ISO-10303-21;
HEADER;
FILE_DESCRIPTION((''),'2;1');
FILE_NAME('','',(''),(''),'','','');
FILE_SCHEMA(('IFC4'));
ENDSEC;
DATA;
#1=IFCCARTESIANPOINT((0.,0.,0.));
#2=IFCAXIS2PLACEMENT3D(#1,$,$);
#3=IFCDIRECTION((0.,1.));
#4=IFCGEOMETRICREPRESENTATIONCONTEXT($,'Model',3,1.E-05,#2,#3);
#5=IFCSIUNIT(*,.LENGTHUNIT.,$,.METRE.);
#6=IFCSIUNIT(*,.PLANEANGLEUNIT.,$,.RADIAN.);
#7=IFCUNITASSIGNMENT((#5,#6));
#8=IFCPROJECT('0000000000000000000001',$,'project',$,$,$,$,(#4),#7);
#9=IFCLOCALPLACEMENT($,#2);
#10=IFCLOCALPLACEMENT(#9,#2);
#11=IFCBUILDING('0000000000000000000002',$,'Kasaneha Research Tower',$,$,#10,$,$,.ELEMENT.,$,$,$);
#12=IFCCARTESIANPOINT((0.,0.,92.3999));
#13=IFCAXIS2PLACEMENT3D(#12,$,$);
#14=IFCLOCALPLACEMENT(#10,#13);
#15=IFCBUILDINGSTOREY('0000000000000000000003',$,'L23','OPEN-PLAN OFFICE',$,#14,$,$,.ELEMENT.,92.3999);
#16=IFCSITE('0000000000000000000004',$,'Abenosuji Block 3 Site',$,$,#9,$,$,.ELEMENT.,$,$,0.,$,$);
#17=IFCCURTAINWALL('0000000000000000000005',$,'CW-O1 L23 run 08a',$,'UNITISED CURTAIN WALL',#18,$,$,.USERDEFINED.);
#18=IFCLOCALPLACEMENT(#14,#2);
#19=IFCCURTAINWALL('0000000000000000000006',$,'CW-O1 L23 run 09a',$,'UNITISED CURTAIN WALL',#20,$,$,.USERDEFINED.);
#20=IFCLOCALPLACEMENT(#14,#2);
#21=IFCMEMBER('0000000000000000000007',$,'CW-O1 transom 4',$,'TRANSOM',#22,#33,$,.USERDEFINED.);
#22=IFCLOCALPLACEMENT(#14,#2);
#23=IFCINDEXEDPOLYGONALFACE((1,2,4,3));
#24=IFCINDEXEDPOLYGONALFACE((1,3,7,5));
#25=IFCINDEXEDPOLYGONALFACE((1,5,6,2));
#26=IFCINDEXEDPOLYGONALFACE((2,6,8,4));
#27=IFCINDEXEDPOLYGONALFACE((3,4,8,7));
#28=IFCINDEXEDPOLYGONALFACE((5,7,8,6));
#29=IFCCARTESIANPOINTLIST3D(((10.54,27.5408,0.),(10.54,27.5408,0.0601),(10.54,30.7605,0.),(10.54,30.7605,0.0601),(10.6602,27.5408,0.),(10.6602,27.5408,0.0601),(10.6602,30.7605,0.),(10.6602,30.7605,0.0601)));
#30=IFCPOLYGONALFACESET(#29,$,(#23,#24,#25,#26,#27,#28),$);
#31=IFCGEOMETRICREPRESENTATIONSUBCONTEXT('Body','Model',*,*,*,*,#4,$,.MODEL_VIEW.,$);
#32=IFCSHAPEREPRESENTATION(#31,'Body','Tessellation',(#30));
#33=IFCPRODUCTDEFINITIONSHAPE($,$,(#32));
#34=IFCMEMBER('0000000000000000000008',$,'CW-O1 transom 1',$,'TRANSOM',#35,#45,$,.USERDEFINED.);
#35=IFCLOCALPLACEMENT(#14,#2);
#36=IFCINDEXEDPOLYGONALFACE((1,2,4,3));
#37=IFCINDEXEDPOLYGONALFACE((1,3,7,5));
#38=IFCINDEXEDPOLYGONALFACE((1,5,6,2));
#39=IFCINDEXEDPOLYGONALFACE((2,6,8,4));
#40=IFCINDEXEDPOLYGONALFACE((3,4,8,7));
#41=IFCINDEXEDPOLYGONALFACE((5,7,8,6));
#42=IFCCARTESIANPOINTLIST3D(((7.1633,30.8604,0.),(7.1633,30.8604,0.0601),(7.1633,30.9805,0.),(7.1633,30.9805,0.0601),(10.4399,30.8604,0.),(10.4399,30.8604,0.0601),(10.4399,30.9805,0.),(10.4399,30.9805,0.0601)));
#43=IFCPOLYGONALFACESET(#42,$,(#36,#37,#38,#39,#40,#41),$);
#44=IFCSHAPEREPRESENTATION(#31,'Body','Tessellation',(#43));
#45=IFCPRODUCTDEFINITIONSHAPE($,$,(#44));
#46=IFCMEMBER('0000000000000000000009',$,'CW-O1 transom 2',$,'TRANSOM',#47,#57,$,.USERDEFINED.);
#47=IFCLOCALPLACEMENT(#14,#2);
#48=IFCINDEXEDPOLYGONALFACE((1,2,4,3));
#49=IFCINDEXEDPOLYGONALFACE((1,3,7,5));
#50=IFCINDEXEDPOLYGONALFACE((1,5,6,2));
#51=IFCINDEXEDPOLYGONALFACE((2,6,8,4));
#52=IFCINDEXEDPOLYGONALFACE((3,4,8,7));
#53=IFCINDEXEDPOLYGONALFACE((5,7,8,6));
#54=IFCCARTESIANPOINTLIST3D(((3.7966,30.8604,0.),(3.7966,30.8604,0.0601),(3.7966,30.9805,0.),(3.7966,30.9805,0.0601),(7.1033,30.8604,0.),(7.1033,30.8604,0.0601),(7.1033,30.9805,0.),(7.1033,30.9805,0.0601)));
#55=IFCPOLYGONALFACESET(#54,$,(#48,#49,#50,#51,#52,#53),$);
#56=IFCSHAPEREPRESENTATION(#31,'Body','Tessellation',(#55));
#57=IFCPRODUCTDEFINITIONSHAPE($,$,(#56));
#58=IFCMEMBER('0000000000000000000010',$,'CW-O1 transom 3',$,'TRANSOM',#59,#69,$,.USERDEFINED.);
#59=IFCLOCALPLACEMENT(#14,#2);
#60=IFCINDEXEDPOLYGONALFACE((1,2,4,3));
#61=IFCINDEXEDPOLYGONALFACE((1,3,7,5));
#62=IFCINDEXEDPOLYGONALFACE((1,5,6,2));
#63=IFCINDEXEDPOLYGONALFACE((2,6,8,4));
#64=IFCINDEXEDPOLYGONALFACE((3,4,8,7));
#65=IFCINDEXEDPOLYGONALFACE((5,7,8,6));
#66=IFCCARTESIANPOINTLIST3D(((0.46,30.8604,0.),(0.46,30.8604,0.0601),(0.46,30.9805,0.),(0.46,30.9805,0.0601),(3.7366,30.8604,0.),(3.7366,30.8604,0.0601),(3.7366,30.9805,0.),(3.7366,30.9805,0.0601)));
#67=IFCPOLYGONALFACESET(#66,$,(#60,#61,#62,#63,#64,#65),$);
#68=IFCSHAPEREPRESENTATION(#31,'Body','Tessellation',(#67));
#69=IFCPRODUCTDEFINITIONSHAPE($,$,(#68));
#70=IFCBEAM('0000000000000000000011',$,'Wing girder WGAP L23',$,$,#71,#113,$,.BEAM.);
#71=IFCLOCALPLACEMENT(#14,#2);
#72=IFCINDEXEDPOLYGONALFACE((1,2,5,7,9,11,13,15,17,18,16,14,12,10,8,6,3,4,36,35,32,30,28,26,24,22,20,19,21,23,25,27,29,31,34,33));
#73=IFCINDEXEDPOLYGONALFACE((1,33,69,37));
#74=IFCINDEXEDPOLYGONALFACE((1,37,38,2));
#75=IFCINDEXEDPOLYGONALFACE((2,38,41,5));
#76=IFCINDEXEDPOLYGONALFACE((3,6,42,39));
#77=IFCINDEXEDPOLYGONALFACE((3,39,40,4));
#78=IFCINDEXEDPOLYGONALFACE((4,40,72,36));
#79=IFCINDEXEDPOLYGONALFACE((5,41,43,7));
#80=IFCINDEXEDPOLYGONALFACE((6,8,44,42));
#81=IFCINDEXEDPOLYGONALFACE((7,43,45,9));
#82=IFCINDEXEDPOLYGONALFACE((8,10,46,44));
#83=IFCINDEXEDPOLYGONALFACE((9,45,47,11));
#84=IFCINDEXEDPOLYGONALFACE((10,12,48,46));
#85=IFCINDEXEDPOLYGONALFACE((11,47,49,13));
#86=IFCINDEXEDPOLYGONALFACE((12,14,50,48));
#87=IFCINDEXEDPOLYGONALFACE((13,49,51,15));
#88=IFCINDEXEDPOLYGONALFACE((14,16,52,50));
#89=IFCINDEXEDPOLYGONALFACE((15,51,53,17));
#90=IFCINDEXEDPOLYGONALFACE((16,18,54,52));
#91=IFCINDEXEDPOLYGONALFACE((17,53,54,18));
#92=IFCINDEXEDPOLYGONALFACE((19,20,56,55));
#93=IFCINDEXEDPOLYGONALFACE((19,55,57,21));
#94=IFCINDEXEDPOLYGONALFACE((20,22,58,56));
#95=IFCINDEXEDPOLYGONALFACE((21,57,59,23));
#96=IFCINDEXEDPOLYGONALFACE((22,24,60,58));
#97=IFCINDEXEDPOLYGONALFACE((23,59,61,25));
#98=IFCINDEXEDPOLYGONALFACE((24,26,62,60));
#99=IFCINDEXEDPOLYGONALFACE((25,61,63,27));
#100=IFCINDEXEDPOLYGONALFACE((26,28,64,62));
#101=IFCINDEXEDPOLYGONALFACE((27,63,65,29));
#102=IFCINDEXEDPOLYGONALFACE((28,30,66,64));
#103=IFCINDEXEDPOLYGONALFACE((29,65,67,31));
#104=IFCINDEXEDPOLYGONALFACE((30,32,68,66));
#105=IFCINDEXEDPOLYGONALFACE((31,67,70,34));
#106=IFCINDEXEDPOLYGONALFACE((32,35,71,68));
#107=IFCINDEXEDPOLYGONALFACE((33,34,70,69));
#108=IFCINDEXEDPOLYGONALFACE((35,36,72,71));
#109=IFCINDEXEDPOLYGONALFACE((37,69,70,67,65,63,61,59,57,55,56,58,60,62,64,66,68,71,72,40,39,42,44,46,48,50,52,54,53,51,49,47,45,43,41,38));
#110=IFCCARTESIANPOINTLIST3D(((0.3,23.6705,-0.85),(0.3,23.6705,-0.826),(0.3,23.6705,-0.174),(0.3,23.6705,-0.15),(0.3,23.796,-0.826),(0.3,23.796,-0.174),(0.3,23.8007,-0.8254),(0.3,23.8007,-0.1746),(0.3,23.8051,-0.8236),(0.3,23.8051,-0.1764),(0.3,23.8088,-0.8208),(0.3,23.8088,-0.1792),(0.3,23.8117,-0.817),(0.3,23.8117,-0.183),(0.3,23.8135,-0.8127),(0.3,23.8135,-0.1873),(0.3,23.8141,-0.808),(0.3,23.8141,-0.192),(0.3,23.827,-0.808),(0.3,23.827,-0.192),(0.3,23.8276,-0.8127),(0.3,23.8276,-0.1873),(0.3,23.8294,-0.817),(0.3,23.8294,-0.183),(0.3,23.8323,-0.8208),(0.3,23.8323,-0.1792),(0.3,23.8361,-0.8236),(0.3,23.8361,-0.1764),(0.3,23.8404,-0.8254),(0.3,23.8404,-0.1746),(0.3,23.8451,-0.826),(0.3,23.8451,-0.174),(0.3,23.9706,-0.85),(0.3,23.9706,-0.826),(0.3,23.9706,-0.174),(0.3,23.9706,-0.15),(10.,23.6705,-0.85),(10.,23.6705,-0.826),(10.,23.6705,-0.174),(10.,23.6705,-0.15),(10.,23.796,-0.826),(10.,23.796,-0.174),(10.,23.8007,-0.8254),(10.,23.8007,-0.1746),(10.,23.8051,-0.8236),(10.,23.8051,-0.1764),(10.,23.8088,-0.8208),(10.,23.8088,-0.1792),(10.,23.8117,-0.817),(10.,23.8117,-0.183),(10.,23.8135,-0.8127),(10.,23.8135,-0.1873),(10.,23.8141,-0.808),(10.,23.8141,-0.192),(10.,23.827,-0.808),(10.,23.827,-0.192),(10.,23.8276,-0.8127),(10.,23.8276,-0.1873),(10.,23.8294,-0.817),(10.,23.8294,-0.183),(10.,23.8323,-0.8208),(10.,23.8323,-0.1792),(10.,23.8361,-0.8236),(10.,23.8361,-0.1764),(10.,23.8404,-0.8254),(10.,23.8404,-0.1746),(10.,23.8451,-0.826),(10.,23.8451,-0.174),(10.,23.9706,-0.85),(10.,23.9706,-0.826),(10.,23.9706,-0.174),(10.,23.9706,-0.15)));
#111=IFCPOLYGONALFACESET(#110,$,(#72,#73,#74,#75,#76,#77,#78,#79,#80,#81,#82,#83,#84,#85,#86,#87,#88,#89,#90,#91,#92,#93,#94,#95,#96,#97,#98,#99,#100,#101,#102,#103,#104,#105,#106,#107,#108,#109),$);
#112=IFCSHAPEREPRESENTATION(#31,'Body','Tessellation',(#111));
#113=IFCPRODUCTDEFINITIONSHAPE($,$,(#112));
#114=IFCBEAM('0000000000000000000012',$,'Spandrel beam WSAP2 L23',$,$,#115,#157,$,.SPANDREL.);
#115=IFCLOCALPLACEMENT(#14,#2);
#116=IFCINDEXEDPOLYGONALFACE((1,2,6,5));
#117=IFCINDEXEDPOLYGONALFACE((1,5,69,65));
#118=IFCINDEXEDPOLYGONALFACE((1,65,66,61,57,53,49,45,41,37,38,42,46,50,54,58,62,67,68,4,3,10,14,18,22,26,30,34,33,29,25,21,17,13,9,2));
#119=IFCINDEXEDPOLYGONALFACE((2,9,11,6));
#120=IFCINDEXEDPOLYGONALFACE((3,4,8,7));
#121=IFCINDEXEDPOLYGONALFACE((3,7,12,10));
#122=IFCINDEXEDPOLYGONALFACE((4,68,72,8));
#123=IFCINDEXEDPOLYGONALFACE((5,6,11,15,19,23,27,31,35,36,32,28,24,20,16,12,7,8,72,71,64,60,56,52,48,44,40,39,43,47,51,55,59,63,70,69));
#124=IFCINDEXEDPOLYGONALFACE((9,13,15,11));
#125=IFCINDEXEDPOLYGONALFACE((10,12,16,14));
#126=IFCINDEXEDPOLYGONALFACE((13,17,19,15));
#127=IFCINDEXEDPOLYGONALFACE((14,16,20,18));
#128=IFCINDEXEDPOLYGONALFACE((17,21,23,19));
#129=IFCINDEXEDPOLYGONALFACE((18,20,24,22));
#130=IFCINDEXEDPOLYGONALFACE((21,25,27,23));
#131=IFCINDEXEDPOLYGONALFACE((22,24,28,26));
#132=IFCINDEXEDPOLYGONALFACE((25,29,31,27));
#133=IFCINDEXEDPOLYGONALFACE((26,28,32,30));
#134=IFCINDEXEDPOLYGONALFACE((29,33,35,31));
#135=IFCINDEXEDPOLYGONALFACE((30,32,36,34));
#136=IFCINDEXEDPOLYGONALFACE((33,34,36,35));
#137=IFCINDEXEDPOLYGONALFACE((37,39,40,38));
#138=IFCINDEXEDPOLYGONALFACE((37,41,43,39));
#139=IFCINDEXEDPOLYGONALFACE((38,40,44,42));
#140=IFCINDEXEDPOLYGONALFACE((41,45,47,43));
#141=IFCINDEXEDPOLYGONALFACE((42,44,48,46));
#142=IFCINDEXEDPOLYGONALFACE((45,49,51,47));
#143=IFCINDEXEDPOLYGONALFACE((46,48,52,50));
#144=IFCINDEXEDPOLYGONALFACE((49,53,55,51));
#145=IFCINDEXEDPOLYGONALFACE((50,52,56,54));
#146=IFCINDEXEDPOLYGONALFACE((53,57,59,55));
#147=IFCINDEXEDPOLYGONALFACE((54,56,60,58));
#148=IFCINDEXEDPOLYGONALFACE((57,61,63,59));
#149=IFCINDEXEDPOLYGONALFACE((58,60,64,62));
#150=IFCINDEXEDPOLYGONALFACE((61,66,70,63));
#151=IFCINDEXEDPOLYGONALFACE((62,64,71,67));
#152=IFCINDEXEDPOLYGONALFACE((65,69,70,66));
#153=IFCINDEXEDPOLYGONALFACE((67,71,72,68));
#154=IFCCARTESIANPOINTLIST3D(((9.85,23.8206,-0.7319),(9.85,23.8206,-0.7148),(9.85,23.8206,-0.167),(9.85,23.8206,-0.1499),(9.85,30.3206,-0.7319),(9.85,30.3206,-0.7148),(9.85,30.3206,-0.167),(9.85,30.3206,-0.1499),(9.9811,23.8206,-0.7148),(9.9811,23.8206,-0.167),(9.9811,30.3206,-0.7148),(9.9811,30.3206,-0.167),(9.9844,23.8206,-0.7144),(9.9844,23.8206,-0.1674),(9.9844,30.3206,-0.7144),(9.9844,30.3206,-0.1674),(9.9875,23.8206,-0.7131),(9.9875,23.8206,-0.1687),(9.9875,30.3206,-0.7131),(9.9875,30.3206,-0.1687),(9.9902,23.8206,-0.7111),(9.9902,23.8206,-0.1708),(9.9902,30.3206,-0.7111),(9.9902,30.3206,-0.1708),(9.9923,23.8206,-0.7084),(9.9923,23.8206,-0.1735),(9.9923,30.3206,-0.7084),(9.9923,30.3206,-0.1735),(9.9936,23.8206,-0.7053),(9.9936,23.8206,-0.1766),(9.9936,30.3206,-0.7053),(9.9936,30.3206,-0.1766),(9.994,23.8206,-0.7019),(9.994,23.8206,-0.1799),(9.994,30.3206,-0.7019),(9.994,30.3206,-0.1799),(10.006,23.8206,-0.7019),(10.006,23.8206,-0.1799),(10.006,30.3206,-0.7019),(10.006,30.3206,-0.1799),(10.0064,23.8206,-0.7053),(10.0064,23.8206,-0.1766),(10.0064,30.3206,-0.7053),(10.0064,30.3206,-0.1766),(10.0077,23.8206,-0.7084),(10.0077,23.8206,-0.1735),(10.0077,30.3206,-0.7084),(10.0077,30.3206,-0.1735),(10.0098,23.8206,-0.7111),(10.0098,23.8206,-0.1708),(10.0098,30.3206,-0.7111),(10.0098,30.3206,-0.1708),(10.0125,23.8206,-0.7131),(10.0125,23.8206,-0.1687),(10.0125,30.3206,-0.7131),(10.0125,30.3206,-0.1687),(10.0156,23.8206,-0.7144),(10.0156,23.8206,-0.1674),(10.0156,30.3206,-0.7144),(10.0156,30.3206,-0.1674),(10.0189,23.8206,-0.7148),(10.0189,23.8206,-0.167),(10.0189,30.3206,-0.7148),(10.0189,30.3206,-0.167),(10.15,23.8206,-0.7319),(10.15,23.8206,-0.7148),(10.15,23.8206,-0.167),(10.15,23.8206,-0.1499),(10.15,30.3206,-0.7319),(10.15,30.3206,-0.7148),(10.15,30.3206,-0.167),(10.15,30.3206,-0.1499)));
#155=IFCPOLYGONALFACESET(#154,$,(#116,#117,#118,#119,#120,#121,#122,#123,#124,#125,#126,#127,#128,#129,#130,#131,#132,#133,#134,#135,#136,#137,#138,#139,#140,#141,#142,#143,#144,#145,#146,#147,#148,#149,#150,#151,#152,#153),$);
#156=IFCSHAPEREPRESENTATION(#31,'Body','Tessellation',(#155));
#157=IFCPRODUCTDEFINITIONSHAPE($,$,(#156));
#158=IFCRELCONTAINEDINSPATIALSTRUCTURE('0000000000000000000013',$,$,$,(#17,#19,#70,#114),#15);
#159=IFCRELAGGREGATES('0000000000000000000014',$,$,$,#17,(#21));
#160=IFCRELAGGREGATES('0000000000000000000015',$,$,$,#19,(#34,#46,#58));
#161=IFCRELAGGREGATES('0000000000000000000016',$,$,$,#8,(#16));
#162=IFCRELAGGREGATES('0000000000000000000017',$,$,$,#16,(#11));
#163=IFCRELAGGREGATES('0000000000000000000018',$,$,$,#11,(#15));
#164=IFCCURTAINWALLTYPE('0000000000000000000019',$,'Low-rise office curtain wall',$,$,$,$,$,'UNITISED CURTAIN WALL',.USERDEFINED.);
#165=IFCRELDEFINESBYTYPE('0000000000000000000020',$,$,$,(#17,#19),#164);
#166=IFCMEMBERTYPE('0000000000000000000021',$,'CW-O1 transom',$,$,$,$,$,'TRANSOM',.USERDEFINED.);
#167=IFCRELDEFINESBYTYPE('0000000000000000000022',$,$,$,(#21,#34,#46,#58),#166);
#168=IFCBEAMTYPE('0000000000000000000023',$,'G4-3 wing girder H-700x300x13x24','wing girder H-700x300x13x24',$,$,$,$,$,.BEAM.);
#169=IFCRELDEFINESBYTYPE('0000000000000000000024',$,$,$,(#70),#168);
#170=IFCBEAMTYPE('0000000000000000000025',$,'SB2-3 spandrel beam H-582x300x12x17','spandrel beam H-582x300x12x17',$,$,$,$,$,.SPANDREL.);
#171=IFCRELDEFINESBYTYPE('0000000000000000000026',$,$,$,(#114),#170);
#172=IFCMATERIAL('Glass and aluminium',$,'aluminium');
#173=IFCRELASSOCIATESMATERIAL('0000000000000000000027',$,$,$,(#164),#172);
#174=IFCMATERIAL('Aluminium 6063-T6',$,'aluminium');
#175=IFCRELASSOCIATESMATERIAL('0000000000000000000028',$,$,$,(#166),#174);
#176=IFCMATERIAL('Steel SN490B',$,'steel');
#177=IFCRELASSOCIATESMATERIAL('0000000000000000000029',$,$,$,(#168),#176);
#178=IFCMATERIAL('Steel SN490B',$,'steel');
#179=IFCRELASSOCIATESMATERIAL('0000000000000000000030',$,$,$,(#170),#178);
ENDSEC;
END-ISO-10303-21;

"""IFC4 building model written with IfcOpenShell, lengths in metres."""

from ifc_helpers import new_model, si_unit, direction, frame, origin, origin_2d, place, context, subcontext, project, spatial, rectangle, i_section, extrude, material, material_profile, profile_set, type_object, element, aggregate, save


model = new_model("IFC4")

# Units and contexts
model_context = context("Model", 3, precision=1e-05, world=origin(), true_north=direction((0.0, 1.0)))
body_context = subcontext(model_context, "Body", "Model", "MODEL_VIEW")
ifc_project = project(units=[si_unit("LENGTHUNIT", "METRE"), si_unit("PLANEANGLEUNIT", "RADIAN")], contexts=[model_context])

# Site, building, storey
site_placement = place(None, origin())
site = spatial("IfcSite", under=ifc_project, at=site_placement, Name="Abenosuji Block 3 Site", CompositionType="ELEMENT", RefElevation=0.0)
building_placement = place(site_placement, origin())
building = spatial("IfcBuilding", under=site, at=building_placement, Name="Kasaneha Research Tower", CompositionType="ELEMENT")
storey_placement = place(building_placement, frame((0.0, 0.0, 92.3999)))
storey = spatial("IfcBuildingStorey", under=building, at=storey_placement, Name="L23", Description="OPEN-PLAN OFFICE", CompositionType="ELEMENT", Elevation=92.3999)

# Curtain walls
ifc_material_1 = material(Name="Glass and aluminium", Category="aluminium")
curtain_wall_type = type_object("IfcCurtainWallType", Name="Low-rise office curtain wall", ElementType="UNITISED CURTAIN WALL", PredefinedType="USERDEFINED", material=ifc_material_1)
curtain_wall_1_placement = place(storey_placement, origin())
curtain_wall_1 = element("IfcCurtainWall", 1, at=curtain_wall_1_placement, inside=storey, type_object=curtain_wall_type, Name="CW-O1 L23 run 08a", ObjectType="UNITISED CURTAIN WALL", PredefinedType="USERDEFINED")
curtain_wall_2_placement = place(storey_placement, origin())
curtain_wall_2 = element("IfcCurtainWall", 2, at=curtain_wall_2_placement, inside=storey, type_object=curtain_wall_type, Name="CW-O1 L23 run 09a", ObjectType="UNITISED CURTAIN WALL", PredefinedType="USERDEFINED")

# Members
ifc_material_2 = material(Name="Aluminium 6063-T6", Category="aluminium")
ifc_material_profile_1 = material_profile(ifc_material_2, rectangle(XDim=0.1201, YDim=0.0601, at=origin_2d()), Name="CW-O1 transom 120x60")
ifc_profile_set_1 = profile_set([ifc_material_profile_1], Name="Aluminium 6063-T6")
member_type_1 = type_object("IfcMemberType", Name="CW-O1 transom", ElementType="TRANSOM", PredefinedType="USERDEFINED", material=ifc_profile_set_1)
member_1_placement = place(storey_placement, frame((10.6001, 27.5408, 0.03), z_axis=(0.0, 1.0, 0.0), x_axis=(-1.0, 0.0, 0.0)))
member_1 = element("IfcMember", 3, at=member_1_placement, type_object=member_type_1, Name="CW-O1 transom 4", ObjectType="TRANSOM", PredefinedType="USERDEFINED", context=body_context, shape_type="SweptSolid", body=[
    extrude(rectangle(XDim=0.1201, YDim=0.0601, at=origin_2d()), origin(), (0.0, 0.0, 1.0), 3.2197),
])
member_2_placement = place(storey_placement, frame((10.4399, 30.9204, 0.03), z_axis=(-1.0, 0.0, 0.0), x_axis=(0.0, -1.0, 0.0)))
member_2 = element("IfcMember", 4, at=member_2_placement, type_object=member_type_1, Name="CW-O1 transom 1", ObjectType="TRANSOM", PredefinedType="USERDEFINED", context=body_context, shape_type="SweptSolid", body=[
    extrude(rectangle(XDim=0.1201, YDim=0.0601, at=origin_2d()), origin(), (0.0, 0.0, 1.0), 3.2766),
])
member_3_placement = place(storey_placement, frame((7.1033, 30.9204, 0.03), z_axis=(-1.0, 0.0, 0.0), x_axis=(0.0, -1.0, 0.0)))
member_3 = element("IfcMember", 5, at=member_3_placement, type_object=member_type_1, Name="CW-O1 transom 2", ObjectType="TRANSOM", PredefinedType="USERDEFINED", context=body_context, shape_type="SweptSolid", body=[
    extrude(rectangle(XDim=0.1201, YDim=0.0601, at=origin_2d()), origin(), (0.0, 0.0, 1.0), 3.3066),
])
member_4_placement = place(storey_placement, frame((3.7366, 30.9204, 0.03), z_axis=(-1.0, 0.0, 0.0), x_axis=(0.0, -1.0, 0.0)))
member_4 = element("IfcMember", 6, at=member_4_placement, type_object=member_type_1, Name="CW-O1 transom 3", ObjectType="TRANSOM", PredefinedType="USERDEFINED", context=body_context, shape_type="SweptSolid", body=[
    extrude(rectangle(XDim=0.1201, YDim=0.0601, at=origin_2d()), origin(), (0.0, 0.0, 1.0), 3.2766),
])

# Beams
ifc_material_3 = material(Name="Steel SN490B", Category="steel")
ifc_material_profile_2 = material_profile(ifc_material_3, i_section(OverallWidth=0.3, OverallDepth=0.7, WebThickness=0.0129, FlangeThickness=0.0239, FilletRadius=0.0181, at=origin_2d()), Name="H-700x300x13x24")
ifc_profile_set_2 = profile_set([ifc_material_profile_2], Name="Steel SN490B")
beam_type_1 = type_object("IfcBeamType", Name="G4-3 wing girder H-700x300x13x24", Description="wing girder H-700x300x13x24", PredefinedType="BEAM", material=ifc_profile_set_2)
beam_1_placement = place(storey_placement, frame((10.0, 23.8206, -0.5), z_axis=(-1.0, 0.0, 0.0), x_axis=(0.0, -1.0, 0.0)))
element("IfcBeam", 7, at=beam_1_placement, inside=storey, type_object=beam_type_1, Name="Wing girder WGAP L23", PredefinedType="BEAM", context=body_context, shape_type="SweptSolid", body=[
    extrude(i_section(OverallWidth=0.3, OverallDepth=0.7, WebThickness=0.0129, FlangeThickness=0.0239, FilletRadius=0.0181, at=origin_2d()), origin(), (0.0, 0.0, 1.0), 9.7),
])
ifc_material_4 = material(Name="Steel SN490B", Category="steel")
ifc_material_profile_3 = material_profile(ifc_material_4, i_section(OverallWidth=0.3, OverallDepth=0.582, WebThickness=0.012, FlangeThickness=0.0171, FilletRadius=0.0129, at=origin_2d()), Name="H-582x300x12x17")
ifc_profile_set_3 = profile_set([ifc_material_profile_3], Name="Steel SN490B")
beam_type_2 = type_object("IfcBeamType", Name="SB2-3 spandrel beam H-582x300x12x17", Description="spandrel beam H-582x300x12x17", PredefinedType="SPANDREL", material=ifc_profile_set_3)
beam_2_placement = place(storey_placement, frame((10.0, 23.8206, -0.4409), z_axis=(0.0, 1.0, 0.0), x_axis=(-1.0, 0.0, 0.0)))
element("IfcBeam", 8, at=beam_2_placement, inside=storey, type_object=beam_type_2, Name="Spandrel beam WSAP2 L23", PredefinedType="SPANDREL", context=body_context, shape_type="SweptSolid", body=[
    extrude(i_section(OverallWidth=0.3, OverallDepth=0.582, WebThickness=0.012, FlangeThickness=0.0171, FilletRadius=0.0129, at=origin_2d()), origin(), (0.0, 0.0, 1.0), 6.5),
])

aggregate(curtain_wall_1, [member_1])
aggregate(curtain_wall_2, [member_2, member_3, member_4])

save(model, "model.ifc")
